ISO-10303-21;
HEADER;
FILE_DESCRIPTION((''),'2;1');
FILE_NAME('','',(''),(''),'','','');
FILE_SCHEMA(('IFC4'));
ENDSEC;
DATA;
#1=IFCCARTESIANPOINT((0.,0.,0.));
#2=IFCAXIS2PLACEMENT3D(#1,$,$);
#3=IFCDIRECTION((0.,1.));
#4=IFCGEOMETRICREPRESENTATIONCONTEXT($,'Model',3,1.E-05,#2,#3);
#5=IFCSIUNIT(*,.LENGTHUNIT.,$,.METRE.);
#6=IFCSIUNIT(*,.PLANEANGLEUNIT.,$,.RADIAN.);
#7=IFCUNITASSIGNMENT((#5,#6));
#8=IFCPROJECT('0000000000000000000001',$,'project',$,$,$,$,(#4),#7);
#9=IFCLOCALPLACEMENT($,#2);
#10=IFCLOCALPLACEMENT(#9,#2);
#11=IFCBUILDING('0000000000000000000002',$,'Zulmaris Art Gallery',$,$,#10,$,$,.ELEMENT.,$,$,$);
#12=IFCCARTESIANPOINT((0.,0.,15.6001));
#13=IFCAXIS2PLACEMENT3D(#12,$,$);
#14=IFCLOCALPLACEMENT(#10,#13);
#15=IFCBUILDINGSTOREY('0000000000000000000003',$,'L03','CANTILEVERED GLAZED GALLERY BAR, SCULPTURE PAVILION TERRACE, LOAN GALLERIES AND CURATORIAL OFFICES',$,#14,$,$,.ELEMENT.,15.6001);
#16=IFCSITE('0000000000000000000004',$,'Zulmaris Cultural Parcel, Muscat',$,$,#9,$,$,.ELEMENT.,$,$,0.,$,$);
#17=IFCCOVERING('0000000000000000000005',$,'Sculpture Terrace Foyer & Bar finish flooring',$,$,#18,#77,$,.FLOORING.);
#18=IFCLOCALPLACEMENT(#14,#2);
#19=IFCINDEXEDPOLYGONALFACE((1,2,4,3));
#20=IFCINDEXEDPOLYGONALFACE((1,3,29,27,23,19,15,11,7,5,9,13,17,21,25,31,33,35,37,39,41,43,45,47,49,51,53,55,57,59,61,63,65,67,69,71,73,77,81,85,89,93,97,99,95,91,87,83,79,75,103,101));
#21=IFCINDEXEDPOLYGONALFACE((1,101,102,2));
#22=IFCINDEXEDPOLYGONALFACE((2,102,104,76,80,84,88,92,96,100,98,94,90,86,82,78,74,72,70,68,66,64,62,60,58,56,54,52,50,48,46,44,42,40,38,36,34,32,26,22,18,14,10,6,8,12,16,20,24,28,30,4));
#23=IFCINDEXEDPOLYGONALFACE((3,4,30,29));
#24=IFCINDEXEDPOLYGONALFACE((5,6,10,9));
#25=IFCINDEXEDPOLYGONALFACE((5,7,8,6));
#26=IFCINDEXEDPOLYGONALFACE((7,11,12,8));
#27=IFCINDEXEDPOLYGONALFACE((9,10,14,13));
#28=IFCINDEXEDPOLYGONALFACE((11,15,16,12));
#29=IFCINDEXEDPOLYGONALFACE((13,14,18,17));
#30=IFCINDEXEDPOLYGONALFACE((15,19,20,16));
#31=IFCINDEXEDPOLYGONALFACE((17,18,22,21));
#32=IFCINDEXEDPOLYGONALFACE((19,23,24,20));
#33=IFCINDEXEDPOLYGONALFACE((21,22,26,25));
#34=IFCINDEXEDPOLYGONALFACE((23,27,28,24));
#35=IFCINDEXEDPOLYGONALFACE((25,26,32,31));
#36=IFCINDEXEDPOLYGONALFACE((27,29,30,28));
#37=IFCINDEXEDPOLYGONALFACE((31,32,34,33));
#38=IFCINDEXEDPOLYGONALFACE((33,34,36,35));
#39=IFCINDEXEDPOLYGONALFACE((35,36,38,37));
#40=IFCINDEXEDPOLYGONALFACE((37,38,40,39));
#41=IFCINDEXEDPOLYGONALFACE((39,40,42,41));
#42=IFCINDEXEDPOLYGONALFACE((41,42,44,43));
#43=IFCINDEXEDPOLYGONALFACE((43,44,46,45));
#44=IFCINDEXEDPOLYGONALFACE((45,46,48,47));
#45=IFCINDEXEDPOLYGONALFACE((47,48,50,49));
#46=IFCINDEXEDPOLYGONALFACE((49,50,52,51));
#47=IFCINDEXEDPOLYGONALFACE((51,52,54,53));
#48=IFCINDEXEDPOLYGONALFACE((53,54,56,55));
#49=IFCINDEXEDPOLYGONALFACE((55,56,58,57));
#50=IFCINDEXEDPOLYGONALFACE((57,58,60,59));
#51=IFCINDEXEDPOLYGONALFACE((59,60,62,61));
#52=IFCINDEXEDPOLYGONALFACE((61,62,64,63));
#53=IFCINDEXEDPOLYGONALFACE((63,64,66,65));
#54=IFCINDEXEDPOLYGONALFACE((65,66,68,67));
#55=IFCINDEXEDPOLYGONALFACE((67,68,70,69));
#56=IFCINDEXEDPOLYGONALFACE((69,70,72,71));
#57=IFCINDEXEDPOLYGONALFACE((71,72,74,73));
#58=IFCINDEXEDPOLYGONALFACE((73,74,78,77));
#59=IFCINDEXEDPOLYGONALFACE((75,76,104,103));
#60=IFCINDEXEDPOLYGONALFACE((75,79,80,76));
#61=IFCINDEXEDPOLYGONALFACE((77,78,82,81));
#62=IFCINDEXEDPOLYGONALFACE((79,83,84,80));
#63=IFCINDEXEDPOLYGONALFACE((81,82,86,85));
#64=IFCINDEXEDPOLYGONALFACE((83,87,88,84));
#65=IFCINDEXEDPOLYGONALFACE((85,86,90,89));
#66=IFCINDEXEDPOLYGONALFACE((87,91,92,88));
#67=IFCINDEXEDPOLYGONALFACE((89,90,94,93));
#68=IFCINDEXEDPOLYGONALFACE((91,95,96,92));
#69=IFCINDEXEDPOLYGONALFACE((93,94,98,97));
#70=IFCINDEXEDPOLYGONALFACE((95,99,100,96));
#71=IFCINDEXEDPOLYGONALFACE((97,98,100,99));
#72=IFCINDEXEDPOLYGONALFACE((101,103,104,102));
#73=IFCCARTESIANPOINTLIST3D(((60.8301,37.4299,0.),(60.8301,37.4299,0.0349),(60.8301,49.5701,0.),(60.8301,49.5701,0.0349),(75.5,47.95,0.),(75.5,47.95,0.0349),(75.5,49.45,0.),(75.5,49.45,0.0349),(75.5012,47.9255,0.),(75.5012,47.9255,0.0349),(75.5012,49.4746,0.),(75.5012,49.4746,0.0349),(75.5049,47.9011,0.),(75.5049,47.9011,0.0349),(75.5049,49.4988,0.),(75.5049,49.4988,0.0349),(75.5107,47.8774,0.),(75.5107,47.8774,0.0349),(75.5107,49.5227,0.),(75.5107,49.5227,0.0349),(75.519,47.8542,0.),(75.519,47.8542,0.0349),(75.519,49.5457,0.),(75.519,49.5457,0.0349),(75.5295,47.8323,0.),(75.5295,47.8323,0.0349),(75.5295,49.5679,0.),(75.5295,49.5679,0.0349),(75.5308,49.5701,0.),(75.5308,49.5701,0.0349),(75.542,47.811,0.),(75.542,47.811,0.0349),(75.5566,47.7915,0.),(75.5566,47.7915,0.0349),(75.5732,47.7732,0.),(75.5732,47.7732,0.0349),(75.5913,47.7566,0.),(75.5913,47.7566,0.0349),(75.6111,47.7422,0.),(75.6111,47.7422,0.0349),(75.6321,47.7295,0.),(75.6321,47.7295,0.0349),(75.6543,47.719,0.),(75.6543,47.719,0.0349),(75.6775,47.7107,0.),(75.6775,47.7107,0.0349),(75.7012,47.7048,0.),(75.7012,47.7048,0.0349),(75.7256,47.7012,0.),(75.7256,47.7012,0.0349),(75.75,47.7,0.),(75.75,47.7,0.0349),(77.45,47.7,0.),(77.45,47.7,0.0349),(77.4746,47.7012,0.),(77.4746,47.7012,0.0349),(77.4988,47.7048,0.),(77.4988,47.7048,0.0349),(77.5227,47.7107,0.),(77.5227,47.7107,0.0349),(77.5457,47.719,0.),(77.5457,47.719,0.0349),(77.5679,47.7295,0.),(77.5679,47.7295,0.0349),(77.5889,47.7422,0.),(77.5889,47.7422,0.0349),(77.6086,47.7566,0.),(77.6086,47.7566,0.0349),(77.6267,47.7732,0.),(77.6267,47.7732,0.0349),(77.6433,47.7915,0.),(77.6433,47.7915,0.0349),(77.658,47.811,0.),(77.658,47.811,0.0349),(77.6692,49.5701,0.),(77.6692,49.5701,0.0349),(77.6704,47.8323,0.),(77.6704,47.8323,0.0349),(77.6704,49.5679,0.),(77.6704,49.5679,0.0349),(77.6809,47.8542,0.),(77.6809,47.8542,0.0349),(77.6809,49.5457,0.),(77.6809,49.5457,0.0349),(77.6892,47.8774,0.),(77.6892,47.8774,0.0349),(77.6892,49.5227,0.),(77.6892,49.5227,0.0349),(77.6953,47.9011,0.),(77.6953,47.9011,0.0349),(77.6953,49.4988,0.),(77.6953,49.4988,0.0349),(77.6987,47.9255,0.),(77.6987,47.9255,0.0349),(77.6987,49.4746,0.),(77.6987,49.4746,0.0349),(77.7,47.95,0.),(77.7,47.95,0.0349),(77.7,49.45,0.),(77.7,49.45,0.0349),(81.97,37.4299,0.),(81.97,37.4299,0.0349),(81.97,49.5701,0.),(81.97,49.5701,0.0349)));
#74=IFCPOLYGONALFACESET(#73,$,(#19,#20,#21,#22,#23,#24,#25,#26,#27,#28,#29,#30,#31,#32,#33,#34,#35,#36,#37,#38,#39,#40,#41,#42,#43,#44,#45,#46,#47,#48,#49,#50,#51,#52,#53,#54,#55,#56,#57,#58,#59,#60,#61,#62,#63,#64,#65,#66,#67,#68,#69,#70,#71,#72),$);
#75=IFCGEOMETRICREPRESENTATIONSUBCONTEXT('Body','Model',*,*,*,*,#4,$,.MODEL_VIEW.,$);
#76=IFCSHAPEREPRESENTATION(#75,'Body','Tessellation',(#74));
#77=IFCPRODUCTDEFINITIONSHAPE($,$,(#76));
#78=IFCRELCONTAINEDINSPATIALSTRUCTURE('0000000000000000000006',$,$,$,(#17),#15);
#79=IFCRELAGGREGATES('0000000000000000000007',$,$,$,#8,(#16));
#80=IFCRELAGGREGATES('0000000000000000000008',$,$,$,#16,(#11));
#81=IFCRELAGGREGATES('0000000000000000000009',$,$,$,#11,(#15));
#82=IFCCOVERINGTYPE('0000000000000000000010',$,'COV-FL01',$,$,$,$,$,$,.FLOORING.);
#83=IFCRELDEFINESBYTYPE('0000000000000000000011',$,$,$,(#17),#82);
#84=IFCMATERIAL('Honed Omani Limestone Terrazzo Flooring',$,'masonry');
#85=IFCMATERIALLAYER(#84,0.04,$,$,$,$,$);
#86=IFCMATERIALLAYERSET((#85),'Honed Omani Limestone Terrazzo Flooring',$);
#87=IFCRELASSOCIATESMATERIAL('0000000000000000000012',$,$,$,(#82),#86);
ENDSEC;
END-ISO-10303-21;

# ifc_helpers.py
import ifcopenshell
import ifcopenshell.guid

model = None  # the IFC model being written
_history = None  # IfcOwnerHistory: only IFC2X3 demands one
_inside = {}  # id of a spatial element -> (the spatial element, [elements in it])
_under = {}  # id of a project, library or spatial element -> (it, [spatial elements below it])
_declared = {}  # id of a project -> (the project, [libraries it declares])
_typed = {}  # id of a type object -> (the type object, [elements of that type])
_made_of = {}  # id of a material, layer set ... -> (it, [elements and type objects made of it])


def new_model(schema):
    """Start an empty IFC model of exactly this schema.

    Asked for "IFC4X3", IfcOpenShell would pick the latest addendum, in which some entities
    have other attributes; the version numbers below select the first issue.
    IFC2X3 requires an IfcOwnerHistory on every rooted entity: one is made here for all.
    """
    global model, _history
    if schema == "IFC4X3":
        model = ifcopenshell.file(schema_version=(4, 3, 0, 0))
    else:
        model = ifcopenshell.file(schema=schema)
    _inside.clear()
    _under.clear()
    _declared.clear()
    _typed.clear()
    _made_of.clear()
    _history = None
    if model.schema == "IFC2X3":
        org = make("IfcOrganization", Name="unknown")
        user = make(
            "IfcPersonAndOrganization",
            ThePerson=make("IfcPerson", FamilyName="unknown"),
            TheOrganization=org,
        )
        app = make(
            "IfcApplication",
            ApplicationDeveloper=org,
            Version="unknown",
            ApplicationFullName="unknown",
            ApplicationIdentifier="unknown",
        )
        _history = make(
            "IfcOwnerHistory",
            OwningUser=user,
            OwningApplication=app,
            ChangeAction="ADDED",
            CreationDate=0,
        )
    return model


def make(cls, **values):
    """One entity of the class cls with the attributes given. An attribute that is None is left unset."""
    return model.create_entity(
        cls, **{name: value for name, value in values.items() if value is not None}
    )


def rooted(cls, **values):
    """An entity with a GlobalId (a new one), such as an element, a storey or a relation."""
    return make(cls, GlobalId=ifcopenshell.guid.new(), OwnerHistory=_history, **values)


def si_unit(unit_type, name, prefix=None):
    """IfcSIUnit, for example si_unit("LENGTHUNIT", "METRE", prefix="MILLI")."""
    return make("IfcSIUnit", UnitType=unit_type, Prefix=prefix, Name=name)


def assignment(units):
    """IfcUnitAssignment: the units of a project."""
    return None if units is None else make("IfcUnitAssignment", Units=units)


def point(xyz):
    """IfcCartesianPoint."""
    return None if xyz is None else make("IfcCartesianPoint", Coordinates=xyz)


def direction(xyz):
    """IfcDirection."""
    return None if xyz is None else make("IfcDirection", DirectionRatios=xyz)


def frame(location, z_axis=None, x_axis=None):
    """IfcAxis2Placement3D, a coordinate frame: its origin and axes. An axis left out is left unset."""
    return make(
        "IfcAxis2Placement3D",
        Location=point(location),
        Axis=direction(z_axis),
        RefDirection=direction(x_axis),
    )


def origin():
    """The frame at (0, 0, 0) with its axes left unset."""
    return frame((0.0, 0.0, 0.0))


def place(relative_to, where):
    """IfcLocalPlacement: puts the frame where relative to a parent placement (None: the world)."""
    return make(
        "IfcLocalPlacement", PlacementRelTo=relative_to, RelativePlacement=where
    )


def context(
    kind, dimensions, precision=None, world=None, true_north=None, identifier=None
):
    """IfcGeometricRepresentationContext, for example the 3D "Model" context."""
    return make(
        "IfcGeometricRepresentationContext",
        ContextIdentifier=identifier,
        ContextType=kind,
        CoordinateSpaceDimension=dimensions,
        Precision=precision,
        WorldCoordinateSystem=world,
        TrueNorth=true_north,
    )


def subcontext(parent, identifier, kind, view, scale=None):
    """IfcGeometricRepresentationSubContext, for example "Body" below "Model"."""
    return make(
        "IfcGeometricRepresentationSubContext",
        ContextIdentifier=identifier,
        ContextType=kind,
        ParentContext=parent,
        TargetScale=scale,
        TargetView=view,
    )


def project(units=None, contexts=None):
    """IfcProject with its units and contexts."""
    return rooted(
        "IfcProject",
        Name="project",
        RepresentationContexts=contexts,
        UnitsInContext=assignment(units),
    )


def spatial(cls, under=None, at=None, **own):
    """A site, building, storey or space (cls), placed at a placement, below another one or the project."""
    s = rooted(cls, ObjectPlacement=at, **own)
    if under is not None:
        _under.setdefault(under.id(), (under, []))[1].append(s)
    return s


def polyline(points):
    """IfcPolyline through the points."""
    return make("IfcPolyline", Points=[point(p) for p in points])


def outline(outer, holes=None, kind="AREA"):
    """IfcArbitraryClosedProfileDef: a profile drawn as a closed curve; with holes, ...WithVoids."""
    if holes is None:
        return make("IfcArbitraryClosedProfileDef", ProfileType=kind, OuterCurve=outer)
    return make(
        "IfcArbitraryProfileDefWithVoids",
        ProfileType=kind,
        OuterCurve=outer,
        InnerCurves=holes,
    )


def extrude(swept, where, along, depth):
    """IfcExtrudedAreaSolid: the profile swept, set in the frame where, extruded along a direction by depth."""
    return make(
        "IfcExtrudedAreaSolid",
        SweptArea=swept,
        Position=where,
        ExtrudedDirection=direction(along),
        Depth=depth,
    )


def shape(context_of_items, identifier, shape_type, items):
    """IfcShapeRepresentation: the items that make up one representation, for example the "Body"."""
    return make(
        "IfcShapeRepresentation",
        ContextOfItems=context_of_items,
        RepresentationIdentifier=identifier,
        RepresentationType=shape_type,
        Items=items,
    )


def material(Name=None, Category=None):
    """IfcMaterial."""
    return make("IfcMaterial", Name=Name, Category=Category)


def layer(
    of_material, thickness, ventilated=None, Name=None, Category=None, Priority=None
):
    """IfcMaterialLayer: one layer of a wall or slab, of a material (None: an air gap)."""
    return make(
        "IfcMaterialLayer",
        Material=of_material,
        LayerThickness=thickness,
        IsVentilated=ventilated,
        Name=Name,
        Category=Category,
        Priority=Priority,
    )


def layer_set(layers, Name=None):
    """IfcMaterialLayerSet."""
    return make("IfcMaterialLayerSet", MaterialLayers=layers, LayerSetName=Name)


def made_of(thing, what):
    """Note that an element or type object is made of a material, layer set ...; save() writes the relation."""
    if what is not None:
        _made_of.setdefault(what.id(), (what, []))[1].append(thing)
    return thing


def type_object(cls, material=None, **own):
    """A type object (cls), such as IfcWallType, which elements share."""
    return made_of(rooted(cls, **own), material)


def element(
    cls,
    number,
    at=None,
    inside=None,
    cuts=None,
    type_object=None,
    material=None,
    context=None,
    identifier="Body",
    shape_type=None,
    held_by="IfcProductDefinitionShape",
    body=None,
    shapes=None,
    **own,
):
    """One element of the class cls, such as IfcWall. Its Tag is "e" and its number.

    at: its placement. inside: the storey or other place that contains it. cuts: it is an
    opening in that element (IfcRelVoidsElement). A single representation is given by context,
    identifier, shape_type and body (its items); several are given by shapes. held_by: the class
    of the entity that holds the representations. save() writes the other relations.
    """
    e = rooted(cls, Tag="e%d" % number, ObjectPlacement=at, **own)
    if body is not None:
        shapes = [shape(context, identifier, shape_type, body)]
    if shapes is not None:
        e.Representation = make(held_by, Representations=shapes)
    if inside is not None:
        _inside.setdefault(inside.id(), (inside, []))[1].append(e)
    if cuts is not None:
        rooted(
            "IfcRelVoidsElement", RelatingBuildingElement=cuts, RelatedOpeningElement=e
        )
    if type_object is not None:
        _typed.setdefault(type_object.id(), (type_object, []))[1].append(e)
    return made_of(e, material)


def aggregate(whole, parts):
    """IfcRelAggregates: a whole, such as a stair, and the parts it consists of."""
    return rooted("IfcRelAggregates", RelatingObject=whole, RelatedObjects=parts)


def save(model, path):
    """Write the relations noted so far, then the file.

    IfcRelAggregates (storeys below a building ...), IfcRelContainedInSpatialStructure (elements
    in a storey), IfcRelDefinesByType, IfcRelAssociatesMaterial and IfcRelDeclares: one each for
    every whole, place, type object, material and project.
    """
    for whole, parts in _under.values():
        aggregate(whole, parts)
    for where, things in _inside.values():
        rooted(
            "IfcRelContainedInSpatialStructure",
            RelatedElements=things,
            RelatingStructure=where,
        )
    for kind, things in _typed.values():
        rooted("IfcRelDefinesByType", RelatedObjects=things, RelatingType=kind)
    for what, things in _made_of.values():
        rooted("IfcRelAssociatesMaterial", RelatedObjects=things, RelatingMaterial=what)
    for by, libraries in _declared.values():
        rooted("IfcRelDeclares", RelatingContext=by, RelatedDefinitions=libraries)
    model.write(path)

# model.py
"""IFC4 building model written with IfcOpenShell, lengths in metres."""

from ifc_helpers import new_model, si_unit, direction, frame, origin, place, context, subcontext, project, spatial, polyline, outline, extrude, material, layer, layer_set, type_object, element, save


model = new_model("IFC4")

# Units and contexts
model_context = context("Model", 3, precision=1e-05, world=origin(), true_north=direction((0.0, 1.0)))
body_context = subcontext(model_context, "Body", "Model", "MODEL_VIEW")
ifc_project = project(units=[si_unit("LENGTHUNIT", "METRE"), si_unit("PLANEANGLEUNIT", "RADIAN")], contexts=[model_context])

# Site, building, storey
site_placement = place(None, origin())
site = spatial("IfcSite", under=ifc_project, at=site_placement, Name="Zulmaris Cultural Parcel, Muscat", CompositionType="ELEMENT", RefElevation=0.0)
building_placement = place(site_placement, origin())
building = spatial("IfcBuilding", under=site, at=building_placement, Name="Zulmaris Art Gallery", CompositionType="ELEMENT")
storey_placement = place(building_placement, frame((0.0, 0.0, 15.6001)))
storey = spatial("IfcBuildingStorey", under=building, at=storey_placement, Name="L03", Description="CANTILEVERED GLAZED GALLERY BAR, SCULPTURE PAVILION TERRACE, LOAN GALLERIES AND CURATORIAL OFFICES", CompositionType="ELEMENT", Elevation=15.6001)

# Covering
ifc_material_1 = material(Name="Honed Omani Limestone Terrazzo Flooring", Category="masonry")
ifc_layer_1 = layer(ifc_material_1, 0.04)
ifc_layer_set_1 = layer_set([ifc_layer_1], Name="Honed Omani Limestone Terrazzo Flooring")
covering_type_1 = type_object("IfcCoveringType", Name="COV-FL01", PredefinedType="FLOORING", material=ifc_layer_set_1)
covering_1_placement = place(storey_placement, origin())
element("IfcCovering", 1, at=covering_1_placement, inside=storey, type_object=covering_type_1, Name="Sculpture Terrace Foyer & Bar finish flooring", PredefinedType="FLOORING", context=body_context, shape_type="SweptSolid", body=[
    extrude(outline(polyline([(75.5295, 49.5679), (75.519, 49.5457), (75.5107, 49.5227), (75.5049, 49.4988), (75.5012, 49.4746), (75.5, 49.45), (75.5, 47.95), (75.5012, 47.9255), (75.5049, 47.9011), (75.5107, 47.8774), (75.519, 47.8542), (75.5295, 47.8323), (75.542, 47.811), (75.5566, 47.7915), (75.5732, 47.7732), (75.5913, 47.7566), (75.6111, 47.7422), (75.6321, 47.7295), (75.6543, 47.719), (75.6775, 47.7107), (75.7012, 47.7048), (75.7256, 47.7012), (75.75, 47.7), (77.45, 47.7), (77.4746, 47.7012), (77.4988, 47.7048), (77.5227, 47.7107), (77.5457, 47.719), (77.5679, 47.7295), (77.5889, 47.7422), (77.6086, 47.7566), (77.6267, 47.7732), (77.6433, 47.7915), (77.658, 47.811), (77.6704, 47.8323), (77.6809, 47.8542), (77.6892, 47.8774), (77.6953, 47.9011), (77.6987, 47.9255), (77.7, 47.95), (77.7, 49.45), (77.6987, 49.4746), (77.6953, 49.4988), (77.6892, 49.5227), (77.6809, 49.5457), (77.6704, 49.5679), (77.6692, 49.5701), (81.97, 49.5701), (81.97, 37.4299), (60.8301, 37.4299), (60.8301, 49.5701), (75.5308, 49.5701), (75.5295, 49.5679)])), origin(), (0.0, 0.0, 1.0), 0.0349),
])

save(model, "model.ifc")
